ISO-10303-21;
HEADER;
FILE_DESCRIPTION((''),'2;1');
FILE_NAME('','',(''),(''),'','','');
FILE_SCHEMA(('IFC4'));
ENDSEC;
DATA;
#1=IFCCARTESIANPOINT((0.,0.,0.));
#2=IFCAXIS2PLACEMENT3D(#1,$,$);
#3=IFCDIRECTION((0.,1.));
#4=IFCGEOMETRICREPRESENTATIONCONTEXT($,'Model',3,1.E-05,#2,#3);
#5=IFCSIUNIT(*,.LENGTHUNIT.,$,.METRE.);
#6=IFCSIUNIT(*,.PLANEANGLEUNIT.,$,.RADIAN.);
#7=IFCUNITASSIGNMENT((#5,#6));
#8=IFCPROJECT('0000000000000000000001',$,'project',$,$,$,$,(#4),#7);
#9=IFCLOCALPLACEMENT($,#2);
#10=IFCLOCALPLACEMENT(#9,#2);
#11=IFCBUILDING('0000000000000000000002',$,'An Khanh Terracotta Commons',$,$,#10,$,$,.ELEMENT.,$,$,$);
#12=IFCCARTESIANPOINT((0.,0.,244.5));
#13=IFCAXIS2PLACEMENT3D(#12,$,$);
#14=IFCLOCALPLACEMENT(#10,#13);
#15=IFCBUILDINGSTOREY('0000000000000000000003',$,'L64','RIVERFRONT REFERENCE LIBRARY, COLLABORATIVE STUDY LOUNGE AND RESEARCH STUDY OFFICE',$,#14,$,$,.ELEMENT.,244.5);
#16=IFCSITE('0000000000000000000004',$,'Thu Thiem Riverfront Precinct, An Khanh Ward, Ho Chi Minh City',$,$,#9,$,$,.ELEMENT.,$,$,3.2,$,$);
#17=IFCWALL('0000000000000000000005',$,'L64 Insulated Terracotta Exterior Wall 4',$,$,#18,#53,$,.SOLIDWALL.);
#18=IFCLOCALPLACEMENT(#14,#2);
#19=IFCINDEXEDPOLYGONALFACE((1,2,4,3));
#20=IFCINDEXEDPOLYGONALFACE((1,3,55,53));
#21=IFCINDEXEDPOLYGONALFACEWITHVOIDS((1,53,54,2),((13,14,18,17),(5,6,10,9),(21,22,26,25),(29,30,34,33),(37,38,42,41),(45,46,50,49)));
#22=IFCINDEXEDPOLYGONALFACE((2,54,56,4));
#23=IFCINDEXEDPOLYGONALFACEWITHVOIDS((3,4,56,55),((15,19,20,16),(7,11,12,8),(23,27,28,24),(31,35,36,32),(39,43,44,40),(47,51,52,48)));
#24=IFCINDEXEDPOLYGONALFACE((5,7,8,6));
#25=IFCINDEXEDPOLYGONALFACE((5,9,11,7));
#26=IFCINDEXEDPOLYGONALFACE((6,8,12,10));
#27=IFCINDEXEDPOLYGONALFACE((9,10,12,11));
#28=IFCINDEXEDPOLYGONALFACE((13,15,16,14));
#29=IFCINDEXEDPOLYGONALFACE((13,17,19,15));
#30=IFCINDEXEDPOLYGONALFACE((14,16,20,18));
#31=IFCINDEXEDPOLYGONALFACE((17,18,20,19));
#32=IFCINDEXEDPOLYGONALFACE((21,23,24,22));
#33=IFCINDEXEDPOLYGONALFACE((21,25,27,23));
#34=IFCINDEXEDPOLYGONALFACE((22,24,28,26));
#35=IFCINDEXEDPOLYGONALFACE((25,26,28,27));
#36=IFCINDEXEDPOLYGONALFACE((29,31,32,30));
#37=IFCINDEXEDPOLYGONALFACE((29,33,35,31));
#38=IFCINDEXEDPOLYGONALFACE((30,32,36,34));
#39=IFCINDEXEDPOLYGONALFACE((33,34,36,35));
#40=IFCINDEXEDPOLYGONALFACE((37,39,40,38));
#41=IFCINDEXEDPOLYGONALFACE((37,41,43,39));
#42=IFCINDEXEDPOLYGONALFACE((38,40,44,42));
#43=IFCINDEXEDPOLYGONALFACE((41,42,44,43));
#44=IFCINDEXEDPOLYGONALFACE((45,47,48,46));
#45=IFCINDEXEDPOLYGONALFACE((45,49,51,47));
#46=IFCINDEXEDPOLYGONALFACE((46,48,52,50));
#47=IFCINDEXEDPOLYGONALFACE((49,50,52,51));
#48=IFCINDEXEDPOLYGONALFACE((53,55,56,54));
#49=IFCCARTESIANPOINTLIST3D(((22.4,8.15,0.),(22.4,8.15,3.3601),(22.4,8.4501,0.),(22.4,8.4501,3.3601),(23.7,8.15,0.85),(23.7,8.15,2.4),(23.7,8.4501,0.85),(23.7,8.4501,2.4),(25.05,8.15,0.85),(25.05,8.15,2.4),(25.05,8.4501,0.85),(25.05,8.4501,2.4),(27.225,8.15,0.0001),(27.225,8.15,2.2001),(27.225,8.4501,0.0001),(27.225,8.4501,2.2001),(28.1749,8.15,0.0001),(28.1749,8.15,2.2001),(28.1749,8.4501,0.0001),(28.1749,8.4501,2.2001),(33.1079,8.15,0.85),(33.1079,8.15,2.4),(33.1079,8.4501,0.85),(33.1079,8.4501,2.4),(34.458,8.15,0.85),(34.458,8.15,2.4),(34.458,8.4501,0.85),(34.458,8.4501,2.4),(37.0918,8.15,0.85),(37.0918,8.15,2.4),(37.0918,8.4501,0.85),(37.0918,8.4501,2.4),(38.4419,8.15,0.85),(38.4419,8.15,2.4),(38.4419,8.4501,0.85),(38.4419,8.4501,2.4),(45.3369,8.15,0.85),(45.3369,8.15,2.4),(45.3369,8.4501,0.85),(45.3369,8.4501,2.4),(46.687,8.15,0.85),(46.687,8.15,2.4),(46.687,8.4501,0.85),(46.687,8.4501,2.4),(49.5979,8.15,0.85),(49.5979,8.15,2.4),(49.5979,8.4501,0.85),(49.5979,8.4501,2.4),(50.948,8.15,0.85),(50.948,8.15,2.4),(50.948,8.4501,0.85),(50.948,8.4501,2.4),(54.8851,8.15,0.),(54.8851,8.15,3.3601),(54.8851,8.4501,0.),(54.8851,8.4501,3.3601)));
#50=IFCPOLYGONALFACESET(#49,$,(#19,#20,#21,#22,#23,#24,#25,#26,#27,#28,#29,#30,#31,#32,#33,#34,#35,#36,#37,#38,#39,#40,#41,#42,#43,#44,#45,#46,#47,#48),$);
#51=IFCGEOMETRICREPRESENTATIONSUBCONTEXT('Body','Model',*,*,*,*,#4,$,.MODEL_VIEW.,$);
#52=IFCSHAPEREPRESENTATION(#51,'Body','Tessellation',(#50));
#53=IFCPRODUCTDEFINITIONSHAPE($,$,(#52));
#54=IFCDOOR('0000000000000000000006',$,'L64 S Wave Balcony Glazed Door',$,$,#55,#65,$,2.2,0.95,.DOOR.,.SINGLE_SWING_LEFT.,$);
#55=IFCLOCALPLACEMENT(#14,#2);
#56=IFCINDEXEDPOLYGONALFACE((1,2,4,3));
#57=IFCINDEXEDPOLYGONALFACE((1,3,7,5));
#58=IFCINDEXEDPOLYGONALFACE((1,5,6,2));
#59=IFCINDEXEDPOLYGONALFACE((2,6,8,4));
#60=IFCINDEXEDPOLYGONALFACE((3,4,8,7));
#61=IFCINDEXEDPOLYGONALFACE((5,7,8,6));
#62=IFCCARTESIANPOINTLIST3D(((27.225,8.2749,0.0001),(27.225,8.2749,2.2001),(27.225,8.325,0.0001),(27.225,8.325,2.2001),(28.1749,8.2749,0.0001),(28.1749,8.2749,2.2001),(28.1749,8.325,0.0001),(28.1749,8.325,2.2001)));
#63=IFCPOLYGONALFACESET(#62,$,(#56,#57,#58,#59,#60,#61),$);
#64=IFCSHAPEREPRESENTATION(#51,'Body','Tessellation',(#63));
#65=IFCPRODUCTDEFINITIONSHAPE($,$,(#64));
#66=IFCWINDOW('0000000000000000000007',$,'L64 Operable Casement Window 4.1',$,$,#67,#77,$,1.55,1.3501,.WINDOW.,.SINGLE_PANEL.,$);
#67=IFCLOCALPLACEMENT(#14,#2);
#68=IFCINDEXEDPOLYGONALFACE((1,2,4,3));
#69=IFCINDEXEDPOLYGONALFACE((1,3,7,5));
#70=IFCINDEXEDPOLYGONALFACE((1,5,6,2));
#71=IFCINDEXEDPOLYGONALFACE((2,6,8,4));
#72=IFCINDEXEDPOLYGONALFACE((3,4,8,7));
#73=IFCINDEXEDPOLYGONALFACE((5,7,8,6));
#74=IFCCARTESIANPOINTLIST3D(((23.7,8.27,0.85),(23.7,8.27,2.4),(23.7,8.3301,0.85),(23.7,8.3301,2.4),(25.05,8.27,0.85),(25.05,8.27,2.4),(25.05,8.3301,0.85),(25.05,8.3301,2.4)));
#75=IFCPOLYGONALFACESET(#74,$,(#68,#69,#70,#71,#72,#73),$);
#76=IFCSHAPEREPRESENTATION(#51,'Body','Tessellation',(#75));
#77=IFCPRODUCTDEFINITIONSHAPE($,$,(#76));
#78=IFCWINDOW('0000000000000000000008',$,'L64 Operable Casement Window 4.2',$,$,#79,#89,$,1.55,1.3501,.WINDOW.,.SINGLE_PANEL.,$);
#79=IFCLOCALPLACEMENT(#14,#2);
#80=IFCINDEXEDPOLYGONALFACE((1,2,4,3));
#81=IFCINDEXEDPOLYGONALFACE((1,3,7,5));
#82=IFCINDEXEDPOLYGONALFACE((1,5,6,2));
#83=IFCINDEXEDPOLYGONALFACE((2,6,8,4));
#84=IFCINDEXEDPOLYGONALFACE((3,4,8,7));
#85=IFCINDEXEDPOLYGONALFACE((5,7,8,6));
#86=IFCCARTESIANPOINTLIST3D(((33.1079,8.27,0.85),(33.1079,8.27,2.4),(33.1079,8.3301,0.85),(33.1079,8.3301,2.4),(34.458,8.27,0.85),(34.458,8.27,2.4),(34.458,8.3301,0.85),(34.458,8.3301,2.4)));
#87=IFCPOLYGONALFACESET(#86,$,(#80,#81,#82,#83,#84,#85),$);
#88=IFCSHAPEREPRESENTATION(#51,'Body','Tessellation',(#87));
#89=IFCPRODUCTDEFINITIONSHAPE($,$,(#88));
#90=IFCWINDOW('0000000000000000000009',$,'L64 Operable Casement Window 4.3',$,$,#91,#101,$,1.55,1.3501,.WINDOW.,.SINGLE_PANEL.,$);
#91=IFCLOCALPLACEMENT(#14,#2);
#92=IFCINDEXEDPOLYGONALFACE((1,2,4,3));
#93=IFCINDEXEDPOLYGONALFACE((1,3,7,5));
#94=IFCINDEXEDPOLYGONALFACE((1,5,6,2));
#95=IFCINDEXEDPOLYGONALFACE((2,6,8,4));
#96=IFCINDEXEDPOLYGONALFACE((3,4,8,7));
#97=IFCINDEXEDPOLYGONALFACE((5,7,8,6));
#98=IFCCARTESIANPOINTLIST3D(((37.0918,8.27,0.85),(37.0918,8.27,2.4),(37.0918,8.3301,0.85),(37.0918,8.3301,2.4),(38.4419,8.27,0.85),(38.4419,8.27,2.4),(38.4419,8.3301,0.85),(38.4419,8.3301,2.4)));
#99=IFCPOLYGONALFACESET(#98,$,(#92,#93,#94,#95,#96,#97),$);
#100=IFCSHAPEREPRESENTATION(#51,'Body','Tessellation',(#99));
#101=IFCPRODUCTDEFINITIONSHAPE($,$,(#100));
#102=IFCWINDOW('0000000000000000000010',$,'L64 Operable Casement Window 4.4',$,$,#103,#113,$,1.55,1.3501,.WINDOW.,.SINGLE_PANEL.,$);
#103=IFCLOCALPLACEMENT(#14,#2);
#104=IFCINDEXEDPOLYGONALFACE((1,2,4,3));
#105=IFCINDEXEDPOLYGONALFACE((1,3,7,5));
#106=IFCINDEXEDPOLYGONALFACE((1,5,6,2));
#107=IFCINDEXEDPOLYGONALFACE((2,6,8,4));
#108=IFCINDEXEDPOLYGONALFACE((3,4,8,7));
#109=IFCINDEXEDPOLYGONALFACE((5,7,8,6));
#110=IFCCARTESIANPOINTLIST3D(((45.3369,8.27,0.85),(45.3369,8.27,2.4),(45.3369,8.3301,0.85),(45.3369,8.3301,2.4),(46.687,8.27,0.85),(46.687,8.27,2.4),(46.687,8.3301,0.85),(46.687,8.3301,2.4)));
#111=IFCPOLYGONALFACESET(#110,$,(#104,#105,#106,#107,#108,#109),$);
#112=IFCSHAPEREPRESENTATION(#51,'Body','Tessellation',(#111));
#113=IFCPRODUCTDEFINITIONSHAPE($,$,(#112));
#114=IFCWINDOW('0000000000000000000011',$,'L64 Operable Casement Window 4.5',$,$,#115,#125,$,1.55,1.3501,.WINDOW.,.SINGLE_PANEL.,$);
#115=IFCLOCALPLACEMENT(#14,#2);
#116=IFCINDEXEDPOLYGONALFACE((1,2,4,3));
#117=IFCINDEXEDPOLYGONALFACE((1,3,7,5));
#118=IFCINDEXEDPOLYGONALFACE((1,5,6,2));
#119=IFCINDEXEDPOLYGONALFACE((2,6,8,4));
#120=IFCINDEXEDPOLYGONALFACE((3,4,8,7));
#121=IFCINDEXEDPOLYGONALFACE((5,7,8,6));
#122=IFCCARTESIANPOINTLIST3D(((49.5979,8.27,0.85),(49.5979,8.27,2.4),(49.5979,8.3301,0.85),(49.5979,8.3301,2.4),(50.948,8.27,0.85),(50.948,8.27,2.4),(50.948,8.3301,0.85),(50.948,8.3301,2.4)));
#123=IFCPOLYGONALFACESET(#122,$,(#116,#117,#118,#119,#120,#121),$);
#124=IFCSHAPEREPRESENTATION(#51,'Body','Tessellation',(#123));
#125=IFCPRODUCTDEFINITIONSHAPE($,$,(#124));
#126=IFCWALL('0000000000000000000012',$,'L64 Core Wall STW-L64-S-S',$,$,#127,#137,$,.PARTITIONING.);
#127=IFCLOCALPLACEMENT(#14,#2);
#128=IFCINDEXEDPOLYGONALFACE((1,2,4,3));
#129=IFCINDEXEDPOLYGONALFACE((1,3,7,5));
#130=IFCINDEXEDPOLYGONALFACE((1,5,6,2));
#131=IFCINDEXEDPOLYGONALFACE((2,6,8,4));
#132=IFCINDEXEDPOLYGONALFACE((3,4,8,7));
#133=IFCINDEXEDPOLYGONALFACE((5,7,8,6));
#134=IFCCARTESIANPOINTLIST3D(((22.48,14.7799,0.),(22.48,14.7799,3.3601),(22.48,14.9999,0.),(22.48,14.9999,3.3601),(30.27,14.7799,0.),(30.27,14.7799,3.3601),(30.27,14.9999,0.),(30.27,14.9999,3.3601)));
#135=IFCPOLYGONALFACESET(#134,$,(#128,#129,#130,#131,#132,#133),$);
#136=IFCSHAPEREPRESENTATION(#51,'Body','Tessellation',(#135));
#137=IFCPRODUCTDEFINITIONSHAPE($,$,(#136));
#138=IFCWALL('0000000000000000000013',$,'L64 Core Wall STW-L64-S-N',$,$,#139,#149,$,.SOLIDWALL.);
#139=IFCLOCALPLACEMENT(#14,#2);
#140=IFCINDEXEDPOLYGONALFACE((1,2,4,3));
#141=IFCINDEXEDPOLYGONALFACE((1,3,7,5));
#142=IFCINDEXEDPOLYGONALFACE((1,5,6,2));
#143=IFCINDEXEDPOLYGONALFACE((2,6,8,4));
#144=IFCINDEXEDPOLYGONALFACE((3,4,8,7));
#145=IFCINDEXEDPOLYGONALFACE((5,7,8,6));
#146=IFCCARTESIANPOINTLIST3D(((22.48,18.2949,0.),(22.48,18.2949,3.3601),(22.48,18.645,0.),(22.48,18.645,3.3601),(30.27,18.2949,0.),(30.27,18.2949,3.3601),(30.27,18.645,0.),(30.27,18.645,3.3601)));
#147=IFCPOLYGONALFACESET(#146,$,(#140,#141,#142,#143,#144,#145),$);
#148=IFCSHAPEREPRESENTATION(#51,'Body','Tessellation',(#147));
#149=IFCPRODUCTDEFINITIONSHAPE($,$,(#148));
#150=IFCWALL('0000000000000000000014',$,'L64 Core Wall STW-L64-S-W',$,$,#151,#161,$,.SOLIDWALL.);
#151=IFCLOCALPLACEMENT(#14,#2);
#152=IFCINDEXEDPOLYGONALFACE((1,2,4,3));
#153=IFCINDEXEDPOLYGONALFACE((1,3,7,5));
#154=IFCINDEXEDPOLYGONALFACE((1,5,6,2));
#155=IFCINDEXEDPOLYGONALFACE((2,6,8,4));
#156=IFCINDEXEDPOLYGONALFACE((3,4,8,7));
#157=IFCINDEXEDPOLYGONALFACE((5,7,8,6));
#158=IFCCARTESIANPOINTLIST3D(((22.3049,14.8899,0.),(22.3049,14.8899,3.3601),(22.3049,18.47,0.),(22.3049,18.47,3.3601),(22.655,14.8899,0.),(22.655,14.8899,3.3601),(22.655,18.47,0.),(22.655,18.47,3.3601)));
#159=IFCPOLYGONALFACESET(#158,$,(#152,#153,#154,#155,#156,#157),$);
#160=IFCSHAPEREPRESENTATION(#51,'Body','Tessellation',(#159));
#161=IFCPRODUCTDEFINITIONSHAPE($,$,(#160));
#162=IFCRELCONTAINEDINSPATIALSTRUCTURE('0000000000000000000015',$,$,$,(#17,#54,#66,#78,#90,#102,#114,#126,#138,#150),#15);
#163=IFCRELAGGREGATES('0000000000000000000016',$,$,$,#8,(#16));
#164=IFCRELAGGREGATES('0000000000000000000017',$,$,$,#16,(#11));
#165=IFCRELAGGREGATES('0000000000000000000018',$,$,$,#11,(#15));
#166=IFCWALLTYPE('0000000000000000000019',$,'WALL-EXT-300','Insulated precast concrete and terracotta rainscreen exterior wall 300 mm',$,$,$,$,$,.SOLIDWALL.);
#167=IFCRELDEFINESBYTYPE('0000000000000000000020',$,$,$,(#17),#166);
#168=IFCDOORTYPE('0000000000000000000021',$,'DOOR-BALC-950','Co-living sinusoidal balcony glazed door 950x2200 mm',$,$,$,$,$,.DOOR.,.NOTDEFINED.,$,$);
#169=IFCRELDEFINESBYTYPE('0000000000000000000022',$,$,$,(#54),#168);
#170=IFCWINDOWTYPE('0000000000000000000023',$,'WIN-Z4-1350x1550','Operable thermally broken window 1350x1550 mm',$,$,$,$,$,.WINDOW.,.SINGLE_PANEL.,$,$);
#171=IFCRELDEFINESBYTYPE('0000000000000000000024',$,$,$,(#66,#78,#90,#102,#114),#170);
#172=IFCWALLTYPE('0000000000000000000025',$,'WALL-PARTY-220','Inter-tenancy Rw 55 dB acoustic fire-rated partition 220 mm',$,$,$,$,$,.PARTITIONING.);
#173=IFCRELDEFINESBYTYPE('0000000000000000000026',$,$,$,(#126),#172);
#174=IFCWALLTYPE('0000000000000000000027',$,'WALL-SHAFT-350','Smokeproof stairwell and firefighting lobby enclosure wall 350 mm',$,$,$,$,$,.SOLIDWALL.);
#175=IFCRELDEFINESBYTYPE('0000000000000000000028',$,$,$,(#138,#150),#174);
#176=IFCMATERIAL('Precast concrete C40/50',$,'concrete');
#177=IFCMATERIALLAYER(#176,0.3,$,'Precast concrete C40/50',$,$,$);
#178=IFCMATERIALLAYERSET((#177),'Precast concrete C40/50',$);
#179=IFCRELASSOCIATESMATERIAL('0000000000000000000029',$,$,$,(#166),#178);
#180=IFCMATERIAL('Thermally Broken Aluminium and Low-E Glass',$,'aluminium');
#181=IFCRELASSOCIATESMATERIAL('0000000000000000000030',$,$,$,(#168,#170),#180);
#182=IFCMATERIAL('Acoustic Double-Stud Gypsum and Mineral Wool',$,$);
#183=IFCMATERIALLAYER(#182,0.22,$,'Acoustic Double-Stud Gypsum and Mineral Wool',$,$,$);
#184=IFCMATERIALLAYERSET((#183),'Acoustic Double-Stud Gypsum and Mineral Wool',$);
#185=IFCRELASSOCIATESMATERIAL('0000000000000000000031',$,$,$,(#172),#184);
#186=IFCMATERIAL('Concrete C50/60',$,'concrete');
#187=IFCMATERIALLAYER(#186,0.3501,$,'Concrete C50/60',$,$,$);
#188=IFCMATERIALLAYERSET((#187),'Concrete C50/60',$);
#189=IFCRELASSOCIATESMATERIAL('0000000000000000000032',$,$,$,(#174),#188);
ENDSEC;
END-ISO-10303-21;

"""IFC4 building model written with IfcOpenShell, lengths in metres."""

from ifc_helpers import new_model, si_unit, direction, frame, frame_2d, origin, place, context, subcontext, project, spatial, rectangle, extrude, material, layer, layer_set, type_object, element, fill, save


model = new_model("IFC4")

# Units and contexts
model_context = context("Model", 3, precision=1e-05, world=origin(), true_north=direction((0.0, 1.0)))
body_context = subcontext(model_context, "Body", "Model", "MODEL_VIEW")
ifc_project = project(units=[si_unit("LENGTHUNIT", "METRE"), si_unit("PLANEANGLEUNIT", "RADIAN")], contexts=[model_context])

# Site, building, storey
site_placement = place(None, origin())
site = spatial("IfcSite", under=ifc_project, at=site_placement, Name="Thu Thiem Riverfront Precinct, An Khanh Ward, Ho Chi Minh City", CompositionType="ELEMENT", RefElevation=3.2)
building_placement = place(site_placement, origin())
building = spatial("IfcBuilding", under=site, at=building_placement, Name="An Khanh Terracotta Commons", CompositionType="ELEMENT")
storey_placement = place(building_placement, frame((0.0, 0.0, 244.5)))
storey = spatial("IfcBuildingStorey", under=building, at=storey_placement, Name="L64", Description="RIVERFRONT REFERENCE LIBRARY, COLLABORATIVE STUDY LOUNGE AND RESEARCH STUDY OFFICE", CompositionType="ELEMENT", Elevation=244.5)

# Shared definitions
ifc_material_1 = material(Name="Concrete C50/60", Category="concrete")
ifc_material_2 = material(Name="Precast concrete C40/50", Category="concrete")
ifc_layer_1 = layer(ifc_material_2, 0.3, Name="Precast concrete C40/50")
ifc_layer_set_1 = layer_set([ifc_layer_1], Name="Precast concrete C40/50")
wall_type_1 = type_object("IfcWallType", Name="WALL-EXT-300", Description="Insulated precast concrete and terracotta rainscreen exterior wall 300 mm", PredefinedType="SOLIDWALL", material=ifc_layer_set_1)

# Wall, openings, door, windows
wall_1_placement = place(storey_placement, frame((22.3999, 8.3, 0.0), z_axis=(0.0, 0.0, 1.0), x_axis=(1.0, 0.0, 0.0)))
wall_1 = element("IfcWall", 1, at=wall_1_placement, inside=storey, type_object=wall_type_1, Name="L64 Insulated Terracotta Exterior Wall 4", PredefinedType="SOLIDWALL", context=body_context, shape_type="SweptSolid", body=[
    extrude(rectangle(XDim=32.4851, YDim=0.3, at=frame_2d((16.2427, 0.0))), origin(), (0.0, 0.0, 1.0), 3.3601),
])
opening_1_placement = place(wall_1_placement, frame((4.825, 0.0, 0.0)))
opening_1 = element("IfcOpeningElement", 2, at=opening_1_placement, cuts=wall_1, PredefinedType="OPENING", context=body_context, shape_type="SweptSolid", body=[
    extrude(rectangle(XDim=0.95, YDim=2.2, at=frame_2d((0.4751, 1.1001))), frame((0.0, 0.1599, 0.0), z_axis=(0.0, -1.0, 0.0), x_axis=(1.0, 0.0, 0.0)), (0.0, 0.0, 1.0), 0.3201),
])
opening_2_placement = place(wall_1_placement, frame((1.3, 0.0, 0.8501)))
opening_2 = element("IfcOpeningElement", 3, at=opening_2_placement, cuts=wall_1, PredefinedType="OPENING", context=body_context, shape_type="SweptSolid", body=[
    extrude(rectangle(XDim=1.3501, YDim=1.55, at=frame_2d((0.675, 0.7749))), frame((0.0, 0.1599, 0.0), z_axis=(0.0, -1.0, 0.0), x_axis=(1.0, 0.0, 0.0)), (0.0, 0.0, 1.0), 0.3201),
])
opening_3_placement = place(wall_1_placement, frame((10.708, 0.0, 0.8501)))
opening_3 = element("IfcOpeningElement", 4, at=opening_3_placement, cuts=wall_1, PredefinedType="OPENING", context=body_context, shape_type="SweptSolid", body=[
    extrude(rectangle(XDim=1.3501, YDim=1.55, at=frame_2d((0.675, 0.7749))), frame((0.0, 0.1599, 0.0), z_axis=(0.0, -1.0, 0.0), x_axis=(1.0, 0.0, 0.0)), (0.0, 0.0, 1.0), 0.3201),
])
opening_4_placement = place(wall_1_placement, frame((14.6919, 0.0, 0.8501)))
opening_4 = element("IfcOpeningElement", 5, at=opening_4_placement, cuts=wall_1, PredefinedType="OPENING", context=body_context, shape_type="SweptSolid", body=[
    extrude(rectangle(XDim=1.3501, YDim=1.55, at=frame_2d((0.675, 0.7749))), frame((0.0, 0.1599, 0.0), z_axis=(0.0, -1.0, 0.0), x_axis=(1.0, 0.0, 0.0)), (0.0, 0.0, 1.0), 0.3201),
])
opening_5_placement = place(wall_1_placement, frame((22.937, 0.0, 0.8501)))
opening_5 = element("IfcOpeningElement", 6, at=opening_5_placement, cuts=wall_1, PredefinedType="OPENING", context=body_context, shape_type="SweptSolid", body=[
    extrude(rectangle(XDim=1.3501, YDim=1.55, at=frame_2d((0.675, 0.7749))), frame((0.0, 0.1599, 0.0), z_axis=(0.0, -1.0, 0.0), x_axis=(1.0, 0.0, 0.0)), (0.0, 0.0, 1.0), 0.3201),
])
opening_6_placement = place(wall_1_placement, frame((27.198, 0.0, 0.8501)))
opening_6 = element("IfcOpeningElement", 7, at=opening_6_placement, cuts=wall_1, PredefinedType="OPENING", context=body_context, shape_type="SweptSolid", body=[
    extrude(rectangle(XDim=1.3501, YDim=1.55, at=frame_2d((0.675, 0.7749))), frame((0.0, 0.1599, 0.0), z_axis=(0.0, -1.0, 0.0), x_axis=(1.0, 0.0, 0.0)), (0.0, 0.0, 1.0), 0.3201),
])
ifc_material_3 = material(Name="Thermally Broken Aluminium and Low-E Glass", Category="aluminium")
door_type = type_object("IfcDoorType", Name="DOOR-BALC-950", Description="Co-living sinusoidal balcony glazed door 950x2200 mm", OperationType="NOTDEFINED", PredefinedType="DOOR", material=ifc_material_3)
door_placement = place(opening_1_placement, origin())
door = element("IfcDoor", 8, at=door_placement, inside=storey, type_object=door_type, Name="L64 S Wave Balcony Glazed Door", OperationType="SINGLE_SWING_LEFT", OverallHeight=2.2, OverallWidth=0.95, PredefinedType="DOOR", context=body_context, shape_type="SweptSolid", body=[
    extrude(rectangle(XDim=0.95, YDim=2.2, at=frame_2d((0.4751, 1.1001))), frame((0.0, 0.0249, 0.0), z_axis=(0.0, -1.0, 0.0), x_axis=(1.0, 0.0, 0.0)), (0.0, 0.0, 1.0), 0.05),
])
fill(opening_1, door)
window_type = type_object("IfcWindowType", Name="WIN-Z4-1350x1550", Description="Operable thermally broken window 1350x1550 mm", PartitioningType="SINGLE_PANEL", PredefinedType="WINDOW", material=ifc_material_3)
window_1_placement = place(opening_2_placement, origin())
window_1 = element("IfcWindow", 9, at=window_1_placement, inside=storey, type_object=window_type, Name="L64 Operable Casement Window 4.1", OverallHeight=1.55, OverallWidth=1.3501, PartitioningType="SINGLE_PANEL", PredefinedType="WINDOW", context=body_context, shape_type="SweptSolid", body=[
    extrude(rectangle(XDim=1.3501, YDim=1.55, at=frame_2d((0.675, 0.7749))), frame((0.0, 0.03, 0.0), z_axis=(0.0, -1.0, 0.0), x_axis=(1.0, 0.0, 0.0)), (0.0, 0.0, 1.0), 0.0601),
])
fill(opening_2, window_1)
window_2_placement = place(opening_3_placement, origin())
window_2 = element("IfcWindow", 10, at=window_2_placement, inside=storey, type_object=window_type, Name="L64 Operable Casement Window 4.2", OverallHeight=1.55, OverallWidth=1.3501, PartitioningType="SINGLE_PANEL", PredefinedType="WINDOW", context=body_context, shape_type="SweptSolid", body=[
    extrude(rectangle(XDim=1.3501, YDim=1.55, at=frame_2d((0.675, 0.7749))), frame((0.0, 0.03, 0.0), z_axis=(0.0, -1.0, 0.0), x_axis=(1.0, 0.0, 0.0)), (0.0, 0.0, 1.0), 0.0601),
])
fill(opening_3, window_2)
window_3_placement = place(opening_4_placement, origin())
window_3 = element("IfcWindow", 11, at=window_3_placement, inside=storey, type_object=window_type, Name="L64 Operable Casement Window 4.3", OverallHeight=1.55, OverallWidth=1.3501, PartitioningType="SINGLE_PANEL", PredefinedType="WINDOW", context=body_context, shape_type="SweptSolid", body=[
    extrude(rectangle(XDim=1.3501, YDim=1.55, at=frame_2d((0.675, 0.7749))), frame((0.0, 0.03, 0.0), z_axis=(0.0, -1.0, 0.0), x_axis=(1.0, 0.0, 0.0)), (0.0, 0.0, 1.0), 0.0601),
])
fill(opening_4, window_3)
window_4_placement = place(opening_5_placement, origin())
window_4 = element("IfcWindow", 12, at=window_4_placement, inside=storey, type_object=window_type, Name="L64 Operable Casement Window 4.4", OverallHeight=1.55, OverallWidth=1.3501, PartitioningType="SINGLE_PANEL", PredefinedType="WINDOW", context=body_context, shape_type="SweptSolid", body=[
    extrude(rectangle(XDim=1.3501, YDim=1.55, at=frame_2d((0.675, 0.7749))), frame((0.0, 0.03, 0.0), z_axis=(0.0, -1.0, 0.0), x_axis=(1.0, 0.0, 0.0)), (0.0, 0.0, 1.0), 0.0601),
])
fill(opening_5, window_4)
window_5_placement = place(opening_6_placement, origin())
window_5 = element("IfcWindow", 13, at=window_5_placement, inside=storey, type_object=window_type, Name="L64 Operable Casement Window 4.5", OverallHeight=1.55, OverallWidth=1.3501, PartitioningType="SINGLE_PANEL", PredefinedType="WINDOW", context=body_context, shape_type="SweptSolid", body=[
    extrude(rectangle(XDim=1.3501, YDim=1.55, at=frame_2d((0.675, 0.7749))), frame((0.0, 0.03, 0.0), z_axis=(0.0, -1.0, 0.0), x_axis=(1.0, 0.0, 0.0)), (0.0, 0.0, 1.0), 0.0601),
])
fill(opening_6, window_5)

# Walls
ifc_material_4 = material(Name="Acoustic Double-Stud Gypsum and Mineral Wool")
ifc_layer_2 = layer(ifc_material_4, 0.22, Name="Acoustic Double-Stud Gypsum and Mineral Wool")
ifc_layer_set_2 = layer_set([ifc_layer_2], Name="Acoustic Double-Stud Gypsum and Mineral Wool")
wall_type_2 = type_object("IfcWallType", Name="WALL-PARTY-220", Description="Inter-tenancy Rw 55 dB acoustic fire-rated partition 220 mm", PredefinedType="PARTITIONING", material=ifc_layer_set_2)
wall_2_placement = place(storey_placement, frame((22.48, 14.8899, 0.0), z_axis=(0.0, 0.0, 1.0), x_axis=(1.0, 0.0, 0.0)))
element("IfcWall", 14, at=wall_2_placement, inside=storey, type_object=wall_type_2, Name="L64 Core Wall STW-L64-S-S", PredefinedType="PARTITIONING", context=body_context, shape_type="SweptSolid", body=[
    extrude(rectangle(XDim=7.79, YDim=0.22, at=frame_2d((3.895, 0.0))), origin(), (0.0, 0.0, 1.0), 3.3601),
])
ifc_layer_3 = layer(ifc_material_1, 0.3501, Name="Concrete C50/60")
ifc_layer_set_3 = layer_set([ifc_layer_3], Name="Concrete C50/60")
wall_type_3 = type_object("IfcWallType", Name="WALL-SHAFT-350", Description="Smokeproof stairwell and firefighting lobby enclosure wall 350 mm", PredefinedType="SOLIDWALL", material=ifc_layer_set_3)
wall_3_placement = place(storey_placement, frame((22.48, 18.47, 0.0), z_axis=(0.0, 0.0, 1.0), x_axis=(1.0, 0.0, 0.0)))
element("IfcWall", 15, at=wall_3_placement, inside=storey, type_object=wall_type_3, Name="L64 Core Wall STW-L64-S-N", PredefinedType="SOLIDWALL", context=body_context, shape_type="SweptSolid", body=[
    extrude(rectangle(XDim=7.79, YDim=0.3501, at=frame_2d((3.895, 0.0))), origin(), (0.0, 0.0, 1.0), 3.3601),
])
wall_4_placement = place(storey_placement, frame((22.48, 14.8899, 0.0), z_axis=(0.0, 0.0, 1.0), x_axis=(0.0, 1.0, 0.0)))
element("IfcWall", 16, at=wall_4_placement, inside=storey, type_object=wall_type_3, Name="L64 Core Wall STW-L64-S-W", PredefinedType="SOLIDWALL", context=body_context, shape_type="SweptSolid", body=[
    extrude(rectangle(XDim=3.5801, YDim=0.3501, at=frame_2d((1.79, 0.0))), origin(), (0.0, 0.0, 1.0), 3.3601),
])

save(model, "model.ifc")
